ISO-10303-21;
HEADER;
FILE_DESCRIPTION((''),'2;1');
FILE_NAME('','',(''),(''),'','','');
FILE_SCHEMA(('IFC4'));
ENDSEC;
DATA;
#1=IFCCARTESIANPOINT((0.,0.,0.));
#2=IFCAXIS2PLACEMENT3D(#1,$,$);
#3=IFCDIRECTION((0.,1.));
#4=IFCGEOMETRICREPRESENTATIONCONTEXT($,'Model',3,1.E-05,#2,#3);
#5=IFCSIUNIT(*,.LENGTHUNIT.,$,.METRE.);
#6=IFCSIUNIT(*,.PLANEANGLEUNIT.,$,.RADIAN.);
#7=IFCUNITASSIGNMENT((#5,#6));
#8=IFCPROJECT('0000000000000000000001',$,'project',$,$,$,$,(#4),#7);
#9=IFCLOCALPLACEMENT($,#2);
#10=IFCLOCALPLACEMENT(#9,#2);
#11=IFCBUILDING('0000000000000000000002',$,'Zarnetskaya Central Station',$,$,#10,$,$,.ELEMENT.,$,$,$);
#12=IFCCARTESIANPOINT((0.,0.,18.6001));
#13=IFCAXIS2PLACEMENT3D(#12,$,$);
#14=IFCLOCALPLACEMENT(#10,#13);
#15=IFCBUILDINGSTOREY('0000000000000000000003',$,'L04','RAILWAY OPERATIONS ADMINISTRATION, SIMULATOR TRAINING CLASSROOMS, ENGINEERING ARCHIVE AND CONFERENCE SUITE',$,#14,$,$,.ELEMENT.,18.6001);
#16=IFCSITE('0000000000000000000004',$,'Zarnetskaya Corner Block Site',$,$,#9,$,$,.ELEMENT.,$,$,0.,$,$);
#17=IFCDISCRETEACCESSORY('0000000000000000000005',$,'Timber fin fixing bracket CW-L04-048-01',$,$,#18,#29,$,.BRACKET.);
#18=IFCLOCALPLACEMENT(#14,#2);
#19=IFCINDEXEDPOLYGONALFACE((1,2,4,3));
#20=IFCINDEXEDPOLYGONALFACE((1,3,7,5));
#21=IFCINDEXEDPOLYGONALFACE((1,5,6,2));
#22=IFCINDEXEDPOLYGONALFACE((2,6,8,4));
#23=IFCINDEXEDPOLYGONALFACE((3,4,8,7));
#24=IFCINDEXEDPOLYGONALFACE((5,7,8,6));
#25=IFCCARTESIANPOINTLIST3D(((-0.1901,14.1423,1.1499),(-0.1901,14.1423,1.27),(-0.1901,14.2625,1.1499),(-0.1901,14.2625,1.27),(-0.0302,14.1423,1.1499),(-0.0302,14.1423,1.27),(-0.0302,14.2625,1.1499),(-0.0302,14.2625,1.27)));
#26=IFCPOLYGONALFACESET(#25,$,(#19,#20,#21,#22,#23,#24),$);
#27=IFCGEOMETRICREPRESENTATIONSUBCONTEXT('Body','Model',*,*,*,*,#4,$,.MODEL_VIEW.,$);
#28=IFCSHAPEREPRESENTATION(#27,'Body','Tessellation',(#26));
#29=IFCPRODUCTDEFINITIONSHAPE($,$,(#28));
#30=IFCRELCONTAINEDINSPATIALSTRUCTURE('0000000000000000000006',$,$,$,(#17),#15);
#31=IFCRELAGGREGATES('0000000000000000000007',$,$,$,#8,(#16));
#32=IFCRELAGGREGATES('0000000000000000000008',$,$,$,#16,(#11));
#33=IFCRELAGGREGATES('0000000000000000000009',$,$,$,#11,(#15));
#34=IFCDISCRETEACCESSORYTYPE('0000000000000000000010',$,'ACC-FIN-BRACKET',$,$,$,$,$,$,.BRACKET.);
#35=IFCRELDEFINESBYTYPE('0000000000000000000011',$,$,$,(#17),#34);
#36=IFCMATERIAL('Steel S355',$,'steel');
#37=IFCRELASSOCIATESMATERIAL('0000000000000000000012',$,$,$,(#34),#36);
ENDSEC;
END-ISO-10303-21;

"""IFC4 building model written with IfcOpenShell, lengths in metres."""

from ifc_helpers import new_model, si_unit, direction, frame, origin, origin_2d, place, context, subcontext, project, spatial, rectangle, extrude, material, type_object, element, save


model = new_model("IFC4")

# Units and contexts
model_context = context("Model", 3, precision=1e-05, world=origin(), true_north=direction((0.0, 1.0)))
body_context = subcontext(model_context, "Body", "Model", "MODEL_VIEW")
ifc_project = project(units=[si_unit("LENGTHUNIT", "METRE"), si_unit("PLANEANGLEUNIT", "RADIAN")], contexts=[model_context])

# Site, building, storey
site_placement = place(None, origin())
site = spatial("IfcSite", under=ifc_project, at=site_placement, Name="Zarnetskaya Corner Block Site", CompositionType="ELEMENT", RefElevation=0.0)
building_placement = place(site_placement, origin())
building = spatial("IfcBuilding", under=site, at=building_placement, Name="Zarnetskaya Central Station", CompositionType="ELEMENT")
storey_placement = place(building_placement, frame((0.0, 0.0, 18.6001)))
storey = spatial("IfcBuildingStorey", under=building, at=storey_placement, Name="L04", Description="RAILWAY OPERATIONS ADMINISTRATION, SIMULATOR TRAINING CLASSROOMS, ENGINEERING ARCHIVE AND CONFERENCE SUITE", CompositionType="ELEMENT", Elevation=18.6001)

# Shared definitions
ifc_material_1 = material(Name="Steel S355", Category="steel")

# Discrete accessory
discrete_accessory_type = type_object("IfcDiscreteAccessoryType", Name="ACC-FIN-BRACKET", PredefinedType="BRACKET", material=ifc_material_1)
discrete_accessory_placement = place(storey_placement, frame((-0.1101, 14.2024, 1.1499), z_axis=(0.0, 0.0, 1.0), x_axis=(0.0, 1.0, 0.0)))
element("IfcDiscreteAccessory", 1, at=discrete_accessory_placement, inside=storey, type_object=discrete_accessory_type, Name="Timber fin fixing bracket CW-L04-048-01", PredefinedType="BRACKET", context=body_context, shape_type="SweptSolid", body=[
    extrude(rectangle(XDim=0.1201, YDim=0.1599, at=origin_2d()), origin(), (0.0, 0.0, 1.0), 0.1201),
])

save(model, "model.ifc")
